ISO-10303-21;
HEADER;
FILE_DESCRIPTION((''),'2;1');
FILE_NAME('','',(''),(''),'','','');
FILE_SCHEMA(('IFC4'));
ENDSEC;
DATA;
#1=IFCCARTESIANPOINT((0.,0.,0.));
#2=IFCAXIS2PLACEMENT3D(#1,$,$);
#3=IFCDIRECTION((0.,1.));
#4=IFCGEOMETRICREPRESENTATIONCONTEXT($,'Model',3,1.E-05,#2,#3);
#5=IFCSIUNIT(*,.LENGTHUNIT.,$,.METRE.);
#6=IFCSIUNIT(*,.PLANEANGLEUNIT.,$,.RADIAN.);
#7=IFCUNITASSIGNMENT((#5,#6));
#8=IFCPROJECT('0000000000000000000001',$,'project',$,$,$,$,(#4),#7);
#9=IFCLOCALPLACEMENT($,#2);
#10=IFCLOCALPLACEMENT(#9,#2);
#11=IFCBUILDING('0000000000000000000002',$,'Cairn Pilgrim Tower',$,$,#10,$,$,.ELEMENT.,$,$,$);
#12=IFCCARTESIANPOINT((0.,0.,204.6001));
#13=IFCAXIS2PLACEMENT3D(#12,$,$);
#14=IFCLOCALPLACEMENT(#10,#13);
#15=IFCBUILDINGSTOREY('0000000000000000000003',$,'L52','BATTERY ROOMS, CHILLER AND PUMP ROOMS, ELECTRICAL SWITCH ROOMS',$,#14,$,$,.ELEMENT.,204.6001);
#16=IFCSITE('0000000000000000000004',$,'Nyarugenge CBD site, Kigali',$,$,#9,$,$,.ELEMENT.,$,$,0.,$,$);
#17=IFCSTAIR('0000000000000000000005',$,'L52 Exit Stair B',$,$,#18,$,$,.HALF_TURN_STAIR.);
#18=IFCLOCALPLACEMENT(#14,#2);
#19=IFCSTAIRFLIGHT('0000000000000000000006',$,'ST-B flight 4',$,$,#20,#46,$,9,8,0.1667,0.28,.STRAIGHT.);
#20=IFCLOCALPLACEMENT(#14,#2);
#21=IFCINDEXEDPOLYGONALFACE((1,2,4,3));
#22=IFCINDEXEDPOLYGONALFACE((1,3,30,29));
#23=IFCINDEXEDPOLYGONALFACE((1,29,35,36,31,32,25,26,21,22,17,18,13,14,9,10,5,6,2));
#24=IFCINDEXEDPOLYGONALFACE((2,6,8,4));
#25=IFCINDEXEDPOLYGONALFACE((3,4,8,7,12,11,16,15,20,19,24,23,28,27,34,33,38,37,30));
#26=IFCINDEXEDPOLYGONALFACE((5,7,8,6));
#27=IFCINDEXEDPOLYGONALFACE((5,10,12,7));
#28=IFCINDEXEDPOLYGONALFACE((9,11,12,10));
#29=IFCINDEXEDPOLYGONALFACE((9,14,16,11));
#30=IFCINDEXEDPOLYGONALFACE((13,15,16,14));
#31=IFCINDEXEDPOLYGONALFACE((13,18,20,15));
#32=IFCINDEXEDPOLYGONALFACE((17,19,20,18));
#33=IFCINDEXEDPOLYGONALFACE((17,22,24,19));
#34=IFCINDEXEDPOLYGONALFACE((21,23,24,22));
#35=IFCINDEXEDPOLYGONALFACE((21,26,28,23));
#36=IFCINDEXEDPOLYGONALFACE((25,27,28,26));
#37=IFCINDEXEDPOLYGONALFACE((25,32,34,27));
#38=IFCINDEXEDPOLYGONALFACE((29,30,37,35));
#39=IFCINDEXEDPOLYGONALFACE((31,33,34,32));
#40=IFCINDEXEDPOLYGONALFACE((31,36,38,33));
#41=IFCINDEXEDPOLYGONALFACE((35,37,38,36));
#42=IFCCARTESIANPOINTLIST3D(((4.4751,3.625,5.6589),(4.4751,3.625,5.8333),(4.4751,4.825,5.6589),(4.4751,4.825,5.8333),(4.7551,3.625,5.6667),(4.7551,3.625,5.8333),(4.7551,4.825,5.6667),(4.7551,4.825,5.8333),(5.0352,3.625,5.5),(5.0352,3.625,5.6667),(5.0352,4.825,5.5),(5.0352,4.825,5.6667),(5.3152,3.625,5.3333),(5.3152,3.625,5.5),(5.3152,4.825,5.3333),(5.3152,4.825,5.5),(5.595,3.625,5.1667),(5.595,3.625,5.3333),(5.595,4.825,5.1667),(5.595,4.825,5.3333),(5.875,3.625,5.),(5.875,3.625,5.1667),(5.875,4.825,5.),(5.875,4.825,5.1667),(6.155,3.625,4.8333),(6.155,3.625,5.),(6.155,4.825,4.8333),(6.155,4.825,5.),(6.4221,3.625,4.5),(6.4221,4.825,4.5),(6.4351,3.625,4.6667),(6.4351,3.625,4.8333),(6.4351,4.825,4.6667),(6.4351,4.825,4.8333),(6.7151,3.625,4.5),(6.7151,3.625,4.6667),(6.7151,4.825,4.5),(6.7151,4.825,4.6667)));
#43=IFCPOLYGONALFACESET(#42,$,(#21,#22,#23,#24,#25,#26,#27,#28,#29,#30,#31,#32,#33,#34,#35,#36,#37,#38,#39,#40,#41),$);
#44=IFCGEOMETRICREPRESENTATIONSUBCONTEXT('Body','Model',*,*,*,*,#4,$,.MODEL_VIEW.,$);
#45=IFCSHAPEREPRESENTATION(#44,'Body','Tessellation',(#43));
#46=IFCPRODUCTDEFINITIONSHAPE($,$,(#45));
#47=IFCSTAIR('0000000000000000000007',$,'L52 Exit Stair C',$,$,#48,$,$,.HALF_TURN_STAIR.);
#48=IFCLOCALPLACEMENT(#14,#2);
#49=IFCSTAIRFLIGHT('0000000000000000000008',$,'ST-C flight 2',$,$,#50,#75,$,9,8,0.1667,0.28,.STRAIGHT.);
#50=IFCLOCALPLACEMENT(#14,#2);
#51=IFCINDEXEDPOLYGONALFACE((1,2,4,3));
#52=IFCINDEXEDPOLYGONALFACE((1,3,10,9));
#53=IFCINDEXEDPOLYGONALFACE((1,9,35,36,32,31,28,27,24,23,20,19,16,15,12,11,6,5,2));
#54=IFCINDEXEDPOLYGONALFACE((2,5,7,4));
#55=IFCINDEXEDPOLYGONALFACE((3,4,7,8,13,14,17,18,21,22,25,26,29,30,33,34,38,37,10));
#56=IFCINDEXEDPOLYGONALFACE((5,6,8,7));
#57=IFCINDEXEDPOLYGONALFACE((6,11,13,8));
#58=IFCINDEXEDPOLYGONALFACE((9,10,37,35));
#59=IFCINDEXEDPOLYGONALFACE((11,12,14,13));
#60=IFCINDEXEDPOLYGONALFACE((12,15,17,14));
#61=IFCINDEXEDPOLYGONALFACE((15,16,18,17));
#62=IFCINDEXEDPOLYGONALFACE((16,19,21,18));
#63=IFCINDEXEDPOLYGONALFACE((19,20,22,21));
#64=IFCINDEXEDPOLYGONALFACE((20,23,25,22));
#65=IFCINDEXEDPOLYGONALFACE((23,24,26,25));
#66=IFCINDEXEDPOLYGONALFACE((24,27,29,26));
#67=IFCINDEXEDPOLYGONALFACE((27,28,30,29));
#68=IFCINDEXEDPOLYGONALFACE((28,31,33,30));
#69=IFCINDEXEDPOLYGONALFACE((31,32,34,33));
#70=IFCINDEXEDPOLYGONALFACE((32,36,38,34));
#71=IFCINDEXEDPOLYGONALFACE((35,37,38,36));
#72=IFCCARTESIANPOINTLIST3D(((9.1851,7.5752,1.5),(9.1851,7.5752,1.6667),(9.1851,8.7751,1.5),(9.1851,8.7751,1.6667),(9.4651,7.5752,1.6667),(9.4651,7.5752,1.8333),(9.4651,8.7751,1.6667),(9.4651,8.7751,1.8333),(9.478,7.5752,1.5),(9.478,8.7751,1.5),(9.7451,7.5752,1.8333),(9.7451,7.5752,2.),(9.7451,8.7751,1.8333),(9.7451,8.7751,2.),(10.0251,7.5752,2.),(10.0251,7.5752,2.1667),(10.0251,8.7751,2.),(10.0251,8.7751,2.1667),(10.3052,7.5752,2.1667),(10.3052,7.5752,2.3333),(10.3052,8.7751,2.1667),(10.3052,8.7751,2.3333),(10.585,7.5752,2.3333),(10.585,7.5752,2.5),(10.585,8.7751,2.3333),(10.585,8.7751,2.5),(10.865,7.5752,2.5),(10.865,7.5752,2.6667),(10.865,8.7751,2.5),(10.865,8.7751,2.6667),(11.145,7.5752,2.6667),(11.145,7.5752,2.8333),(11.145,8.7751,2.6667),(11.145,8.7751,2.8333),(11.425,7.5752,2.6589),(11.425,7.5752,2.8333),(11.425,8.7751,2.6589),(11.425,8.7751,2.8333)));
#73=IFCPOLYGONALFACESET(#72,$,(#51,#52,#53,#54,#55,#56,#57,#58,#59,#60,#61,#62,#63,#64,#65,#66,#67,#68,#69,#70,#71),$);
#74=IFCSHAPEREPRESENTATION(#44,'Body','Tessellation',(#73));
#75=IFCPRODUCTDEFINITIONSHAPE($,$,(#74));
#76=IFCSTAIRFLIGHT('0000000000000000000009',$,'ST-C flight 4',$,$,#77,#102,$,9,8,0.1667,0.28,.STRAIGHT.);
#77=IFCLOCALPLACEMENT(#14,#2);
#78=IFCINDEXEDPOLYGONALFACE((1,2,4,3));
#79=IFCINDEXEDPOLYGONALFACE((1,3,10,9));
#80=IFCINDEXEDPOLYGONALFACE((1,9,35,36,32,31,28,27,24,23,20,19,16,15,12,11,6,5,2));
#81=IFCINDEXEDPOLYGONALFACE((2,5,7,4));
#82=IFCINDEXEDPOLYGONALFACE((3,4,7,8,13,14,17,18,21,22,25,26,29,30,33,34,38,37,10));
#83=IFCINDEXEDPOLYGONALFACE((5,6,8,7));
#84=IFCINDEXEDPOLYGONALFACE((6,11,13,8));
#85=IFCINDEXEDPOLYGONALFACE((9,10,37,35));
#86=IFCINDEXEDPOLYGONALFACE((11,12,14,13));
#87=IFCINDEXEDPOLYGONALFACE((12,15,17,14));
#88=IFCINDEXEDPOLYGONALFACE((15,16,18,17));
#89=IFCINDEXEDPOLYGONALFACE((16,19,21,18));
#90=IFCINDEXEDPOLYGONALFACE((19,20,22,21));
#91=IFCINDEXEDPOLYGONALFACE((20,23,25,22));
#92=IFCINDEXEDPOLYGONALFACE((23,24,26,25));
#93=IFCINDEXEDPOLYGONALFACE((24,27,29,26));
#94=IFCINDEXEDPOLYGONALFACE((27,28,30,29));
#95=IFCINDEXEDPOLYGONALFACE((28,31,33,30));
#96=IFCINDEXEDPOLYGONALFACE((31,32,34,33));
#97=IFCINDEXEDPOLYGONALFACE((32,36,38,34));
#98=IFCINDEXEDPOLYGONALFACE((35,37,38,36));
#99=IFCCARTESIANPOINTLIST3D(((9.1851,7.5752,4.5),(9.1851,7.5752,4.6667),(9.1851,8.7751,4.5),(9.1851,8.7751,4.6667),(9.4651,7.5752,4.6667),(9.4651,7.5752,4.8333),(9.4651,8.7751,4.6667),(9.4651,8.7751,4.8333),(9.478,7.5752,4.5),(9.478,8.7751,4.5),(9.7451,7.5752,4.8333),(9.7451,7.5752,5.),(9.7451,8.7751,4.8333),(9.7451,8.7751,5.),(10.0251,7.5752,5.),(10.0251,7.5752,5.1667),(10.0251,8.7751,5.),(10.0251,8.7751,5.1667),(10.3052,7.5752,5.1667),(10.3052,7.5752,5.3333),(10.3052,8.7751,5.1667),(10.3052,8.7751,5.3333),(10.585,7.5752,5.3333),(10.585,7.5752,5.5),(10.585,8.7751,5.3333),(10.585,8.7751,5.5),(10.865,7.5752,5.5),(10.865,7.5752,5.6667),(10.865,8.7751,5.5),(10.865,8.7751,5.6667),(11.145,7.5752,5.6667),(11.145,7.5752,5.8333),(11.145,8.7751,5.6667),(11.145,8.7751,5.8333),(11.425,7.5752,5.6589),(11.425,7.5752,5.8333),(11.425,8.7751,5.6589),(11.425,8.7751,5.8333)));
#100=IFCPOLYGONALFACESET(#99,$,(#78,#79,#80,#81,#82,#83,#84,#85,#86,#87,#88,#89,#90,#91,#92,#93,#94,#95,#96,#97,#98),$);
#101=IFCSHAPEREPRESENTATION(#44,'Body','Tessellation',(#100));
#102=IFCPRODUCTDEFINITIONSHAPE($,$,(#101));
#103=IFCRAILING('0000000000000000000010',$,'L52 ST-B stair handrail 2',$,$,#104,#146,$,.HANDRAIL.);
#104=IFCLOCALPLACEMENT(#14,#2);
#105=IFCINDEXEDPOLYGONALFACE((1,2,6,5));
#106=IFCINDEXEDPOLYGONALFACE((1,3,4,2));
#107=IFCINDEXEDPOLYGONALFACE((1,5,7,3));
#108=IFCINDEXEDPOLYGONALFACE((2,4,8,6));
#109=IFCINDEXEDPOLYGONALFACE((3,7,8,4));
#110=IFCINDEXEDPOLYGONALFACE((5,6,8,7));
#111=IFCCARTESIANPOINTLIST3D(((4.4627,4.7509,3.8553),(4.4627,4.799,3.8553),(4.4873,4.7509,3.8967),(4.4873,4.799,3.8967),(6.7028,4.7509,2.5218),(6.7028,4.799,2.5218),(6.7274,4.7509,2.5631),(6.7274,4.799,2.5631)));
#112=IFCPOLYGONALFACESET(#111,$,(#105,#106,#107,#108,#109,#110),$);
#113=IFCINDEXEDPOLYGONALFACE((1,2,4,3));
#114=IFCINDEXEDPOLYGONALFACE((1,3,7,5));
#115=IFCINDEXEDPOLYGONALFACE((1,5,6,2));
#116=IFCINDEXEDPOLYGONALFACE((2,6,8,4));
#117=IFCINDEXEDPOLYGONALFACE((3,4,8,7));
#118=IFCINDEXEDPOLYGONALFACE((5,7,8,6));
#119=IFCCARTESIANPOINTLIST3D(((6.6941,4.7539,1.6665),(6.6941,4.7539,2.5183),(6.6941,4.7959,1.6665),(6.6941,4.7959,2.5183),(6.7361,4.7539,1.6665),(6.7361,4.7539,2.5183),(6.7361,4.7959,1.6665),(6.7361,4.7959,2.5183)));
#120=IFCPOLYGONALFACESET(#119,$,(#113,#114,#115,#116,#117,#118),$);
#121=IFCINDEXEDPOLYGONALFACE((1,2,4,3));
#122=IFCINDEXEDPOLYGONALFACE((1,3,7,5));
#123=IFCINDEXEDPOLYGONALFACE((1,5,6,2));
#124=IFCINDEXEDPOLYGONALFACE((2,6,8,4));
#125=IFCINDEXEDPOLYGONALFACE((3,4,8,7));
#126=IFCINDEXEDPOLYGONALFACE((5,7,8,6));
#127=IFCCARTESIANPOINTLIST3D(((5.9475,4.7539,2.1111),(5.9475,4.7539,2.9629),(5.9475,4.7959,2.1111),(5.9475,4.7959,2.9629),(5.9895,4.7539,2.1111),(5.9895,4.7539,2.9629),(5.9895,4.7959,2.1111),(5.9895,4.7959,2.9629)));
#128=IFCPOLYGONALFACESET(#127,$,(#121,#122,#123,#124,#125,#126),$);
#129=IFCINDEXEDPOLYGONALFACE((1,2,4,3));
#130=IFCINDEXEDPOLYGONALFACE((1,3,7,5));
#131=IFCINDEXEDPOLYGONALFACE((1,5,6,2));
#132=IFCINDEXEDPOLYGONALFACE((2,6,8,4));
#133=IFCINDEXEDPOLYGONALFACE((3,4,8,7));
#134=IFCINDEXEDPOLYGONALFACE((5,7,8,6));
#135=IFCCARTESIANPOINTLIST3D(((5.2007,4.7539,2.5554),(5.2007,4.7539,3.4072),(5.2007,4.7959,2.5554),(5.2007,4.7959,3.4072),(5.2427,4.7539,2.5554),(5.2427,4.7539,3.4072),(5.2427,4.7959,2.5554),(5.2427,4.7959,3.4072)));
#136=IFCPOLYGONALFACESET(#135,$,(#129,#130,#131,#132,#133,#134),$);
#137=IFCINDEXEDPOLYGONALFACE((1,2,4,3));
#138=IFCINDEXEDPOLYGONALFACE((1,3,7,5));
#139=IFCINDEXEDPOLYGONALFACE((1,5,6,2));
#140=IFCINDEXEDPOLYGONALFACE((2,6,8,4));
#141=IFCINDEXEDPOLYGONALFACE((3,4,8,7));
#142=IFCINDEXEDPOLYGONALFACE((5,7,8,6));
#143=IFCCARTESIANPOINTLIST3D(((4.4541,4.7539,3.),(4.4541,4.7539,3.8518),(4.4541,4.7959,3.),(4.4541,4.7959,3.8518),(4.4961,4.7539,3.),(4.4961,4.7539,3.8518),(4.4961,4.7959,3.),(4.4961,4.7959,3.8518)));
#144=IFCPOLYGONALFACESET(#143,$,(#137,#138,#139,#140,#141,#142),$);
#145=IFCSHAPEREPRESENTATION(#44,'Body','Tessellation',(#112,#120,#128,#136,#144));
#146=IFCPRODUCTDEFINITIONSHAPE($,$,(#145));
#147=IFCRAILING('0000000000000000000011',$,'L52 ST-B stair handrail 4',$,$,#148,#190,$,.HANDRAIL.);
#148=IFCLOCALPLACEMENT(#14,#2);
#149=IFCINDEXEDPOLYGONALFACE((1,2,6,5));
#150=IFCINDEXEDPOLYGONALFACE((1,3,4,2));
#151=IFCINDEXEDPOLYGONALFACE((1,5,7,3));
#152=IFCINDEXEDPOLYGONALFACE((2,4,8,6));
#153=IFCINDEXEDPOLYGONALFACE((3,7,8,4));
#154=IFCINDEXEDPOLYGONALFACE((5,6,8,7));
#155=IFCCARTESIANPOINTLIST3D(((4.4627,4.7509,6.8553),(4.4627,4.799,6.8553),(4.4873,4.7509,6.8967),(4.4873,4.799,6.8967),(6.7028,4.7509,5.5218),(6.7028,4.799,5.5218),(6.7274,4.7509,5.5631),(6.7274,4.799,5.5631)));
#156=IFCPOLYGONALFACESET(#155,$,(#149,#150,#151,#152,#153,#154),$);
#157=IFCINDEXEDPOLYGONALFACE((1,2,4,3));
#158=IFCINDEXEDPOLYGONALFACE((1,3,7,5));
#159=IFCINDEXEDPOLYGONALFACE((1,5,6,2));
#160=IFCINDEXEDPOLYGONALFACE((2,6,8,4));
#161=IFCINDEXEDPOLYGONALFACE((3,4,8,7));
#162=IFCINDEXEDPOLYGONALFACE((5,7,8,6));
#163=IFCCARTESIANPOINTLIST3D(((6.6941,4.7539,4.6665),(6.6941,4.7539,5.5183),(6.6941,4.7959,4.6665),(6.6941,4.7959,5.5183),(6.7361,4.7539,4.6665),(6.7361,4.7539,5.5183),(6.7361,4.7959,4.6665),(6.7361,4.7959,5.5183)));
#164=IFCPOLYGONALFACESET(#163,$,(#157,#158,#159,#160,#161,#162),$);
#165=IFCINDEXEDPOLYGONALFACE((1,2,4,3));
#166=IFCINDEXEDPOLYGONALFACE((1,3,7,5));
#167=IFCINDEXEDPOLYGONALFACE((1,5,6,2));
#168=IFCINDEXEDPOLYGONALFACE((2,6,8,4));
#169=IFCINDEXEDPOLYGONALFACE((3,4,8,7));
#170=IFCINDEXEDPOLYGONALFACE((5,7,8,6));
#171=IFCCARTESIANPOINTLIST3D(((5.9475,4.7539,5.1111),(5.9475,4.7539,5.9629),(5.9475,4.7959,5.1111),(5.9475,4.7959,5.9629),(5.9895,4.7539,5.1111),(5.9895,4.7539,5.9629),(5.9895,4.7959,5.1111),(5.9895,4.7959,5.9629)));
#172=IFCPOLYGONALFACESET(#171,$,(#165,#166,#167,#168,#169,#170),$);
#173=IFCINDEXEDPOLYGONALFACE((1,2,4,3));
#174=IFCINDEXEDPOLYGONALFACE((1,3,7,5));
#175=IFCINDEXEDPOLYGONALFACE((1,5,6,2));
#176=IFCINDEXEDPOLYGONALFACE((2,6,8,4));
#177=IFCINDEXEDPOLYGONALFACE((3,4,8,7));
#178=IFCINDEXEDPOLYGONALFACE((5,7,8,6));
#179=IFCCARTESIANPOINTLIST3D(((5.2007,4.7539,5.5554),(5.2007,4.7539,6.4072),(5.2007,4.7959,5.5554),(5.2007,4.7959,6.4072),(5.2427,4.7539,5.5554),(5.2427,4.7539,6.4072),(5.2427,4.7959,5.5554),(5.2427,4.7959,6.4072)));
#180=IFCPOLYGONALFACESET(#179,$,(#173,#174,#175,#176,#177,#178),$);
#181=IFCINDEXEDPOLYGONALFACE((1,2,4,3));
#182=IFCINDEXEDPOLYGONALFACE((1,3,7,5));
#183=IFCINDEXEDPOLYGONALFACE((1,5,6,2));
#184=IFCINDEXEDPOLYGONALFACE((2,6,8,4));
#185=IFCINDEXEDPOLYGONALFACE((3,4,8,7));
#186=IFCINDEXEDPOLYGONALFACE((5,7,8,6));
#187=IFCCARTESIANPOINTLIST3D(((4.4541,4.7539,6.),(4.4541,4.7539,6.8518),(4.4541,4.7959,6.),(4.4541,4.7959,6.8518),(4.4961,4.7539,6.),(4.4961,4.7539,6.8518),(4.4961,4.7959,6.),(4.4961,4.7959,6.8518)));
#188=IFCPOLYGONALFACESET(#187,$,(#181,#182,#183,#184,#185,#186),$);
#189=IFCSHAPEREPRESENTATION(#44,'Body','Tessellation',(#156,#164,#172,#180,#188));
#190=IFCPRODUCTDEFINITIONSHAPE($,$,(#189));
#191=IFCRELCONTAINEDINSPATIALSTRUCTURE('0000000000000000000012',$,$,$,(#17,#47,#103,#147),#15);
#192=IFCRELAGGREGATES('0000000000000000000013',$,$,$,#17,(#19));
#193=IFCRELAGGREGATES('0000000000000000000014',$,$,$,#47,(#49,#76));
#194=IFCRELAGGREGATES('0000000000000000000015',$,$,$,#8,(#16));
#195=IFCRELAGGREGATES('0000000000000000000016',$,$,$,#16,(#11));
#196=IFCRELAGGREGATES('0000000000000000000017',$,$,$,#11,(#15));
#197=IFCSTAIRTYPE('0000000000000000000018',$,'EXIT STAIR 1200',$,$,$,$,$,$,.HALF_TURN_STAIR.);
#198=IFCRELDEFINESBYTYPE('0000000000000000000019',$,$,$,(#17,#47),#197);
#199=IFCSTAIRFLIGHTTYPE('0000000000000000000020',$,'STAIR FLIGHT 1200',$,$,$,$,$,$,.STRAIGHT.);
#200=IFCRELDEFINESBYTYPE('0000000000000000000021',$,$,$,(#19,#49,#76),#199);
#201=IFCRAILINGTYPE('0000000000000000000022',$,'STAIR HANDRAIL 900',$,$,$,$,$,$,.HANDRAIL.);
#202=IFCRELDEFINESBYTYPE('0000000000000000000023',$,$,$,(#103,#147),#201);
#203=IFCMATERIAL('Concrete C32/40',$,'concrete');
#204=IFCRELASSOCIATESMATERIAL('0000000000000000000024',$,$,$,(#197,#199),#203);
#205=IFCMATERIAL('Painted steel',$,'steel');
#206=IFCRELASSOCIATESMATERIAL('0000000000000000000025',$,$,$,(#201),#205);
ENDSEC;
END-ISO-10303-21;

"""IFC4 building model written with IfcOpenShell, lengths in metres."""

from ifc_helpers import new_model, si_unit, direction, frame, origin, origin_2d, place, context, subcontext, project, spatial, polyline, rectangle, outline, extrude, material, type_object, element, aggregate, save


model = new_model("IFC4")

# Units and contexts
model_context = context("Model", 3, precision=1e-05, world=origin(), true_north=direction((0.0, 1.0)))
body_context = subcontext(model_context, "Body", "Model", "MODEL_VIEW")
ifc_project = project(units=[si_unit("LENGTHUNIT", "METRE"), si_unit("PLANEANGLEUNIT", "RADIAN")], contexts=[model_context])

# Site, building, storey
site_placement = place(None, origin())
site = spatial("IfcSite", under=ifc_project, at=site_placement, Name="Nyarugenge CBD site, Kigali", CompositionType="ELEMENT", RefElevation=0.0)
building_placement = place(site_placement, origin())
building = spatial("IfcBuilding", under=site, at=building_placement, Name="Cairn Pilgrim Tower", CompositionType="ELEMENT")
storey_placement = place(building_placement, frame((0.0, 0.0, 204.6001)))
storey = spatial("IfcBuildingStorey", under=building, at=storey_placement, Name="L52", Description="BATTERY ROOMS, CHILLER AND PUMP ROOMS, ELECTRICAL SWITCH ROOMS", CompositionType="ELEMENT", Elevation=204.6001)

# Shared definitions
ifc_material_1 = material(Name="Concrete C32/40", Category="concrete")
ifc_material_2 = material(Name="Painted steel", Category="steel")

# Stairs, stair flights
stair_type = type_object("IfcStairType", Name="EXIT STAIR 1200", PredefinedType="HALF_TURN_STAIR", material=ifc_material_1)
stair_1_placement = place(storey_placement, origin())
stair_1 = element("IfcStair", 1, at=stair_1_placement, inside=storey, type_object=stair_type, Name="L52 Exit Stair B", PredefinedType="HALF_TURN_STAIR")
stair_flight_type = type_object("IfcStairFlightType", Name="STAIR FLIGHT 1200", PredefinedType="STRAIGHT", material=ifc_material_1)
stair_flight_1_placement = place(storey_placement, frame((6.7151, 4.2251, 4.5), z_axis=(0.0, 0.0, 1.0), x_axis=(-1.0, 0.0, 0.0)))
stair_flight_1 = element("IfcStairFlight", 2, at=stair_flight_1_placement, type_object=stair_flight_type, Name="ST-B flight 4", NumberOfRisers=9, NumberOfTreads=8, PredefinedType="STRAIGHT", RiserHeight=0.1667, TreadLength=0.28, context=body_context, shape_type="SweptSolid", body=[
    extrude(outline(polyline([(0.0, 0.0), (0.0, 0.1667), (0.28, 0.1667), (0.28, 0.3333), (0.5601, 0.3333), (0.5601, 0.5), (0.8401, 0.5), (0.8401, 0.6667), (1.1201, 0.6667), (1.1201, 0.8333), (1.3999, 0.8333), (1.3999, 1.0), (1.6799, 1.0), (1.6799, 1.1667), (1.96, 1.1667), (1.96, 1.3333), (2.24, 1.3333), (2.24, 1.5), (2.24, 1.1589), (0.293, 0.0), (0.0, 0.0)])), frame((0.0, 0.6001, 0.0), z_axis=(0.0, -1.0, 0.0), x_axis=(1.0, 0.0, 0.0)), (0.0, 0.0, 1.0), 1.2),
])
aggregate(stair_1, [stair_flight_1])
stair_2_placement = place(storey_placement, origin())
stair_2 = element("IfcStair", 3, at=stair_2_placement, inside=storey, type_object=stair_type, Name="L52 Exit Stair C", PredefinedType="HALF_TURN_STAIR")
stair_flight_2_placement = place(storey_placement, frame((9.1851, 8.175, 1.5), z_axis=(0.0, 0.0, 1.0), x_axis=(1.0, 0.0, 0.0)))
stair_flight_2 = element("IfcStairFlight", 4, at=stair_flight_2_placement, type_object=stair_flight_type, Name="ST-C flight 2", NumberOfRisers=9, NumberOfTreads=8, PredefinedType="STRAIGHT", RiserHeight=0.1667, TreadLength=0.28, context=body_context, shape_type="SweptSolid", body=[
    extrude(outline(polyline([(0.0, 0.0), (0.0, 0.1667), (0.28, 0.1667), (0.28, 0.3333), (0.5601, 0.3333), (0.5601, 0.5), (0.8401, 0.5), (0.8401, 0.6667), (1.1201, 0.6667), (1.1201, 0.8333), (1.3999, 0.8333), (1.3999, 1.0), (1.6799, 1.0), (1.6799, 1.1667), (1.96, 1.1667), (1.96, 1.3333), (2.24, 1.3333), (2.24, 1.5), (2.24, 1.1589), (0.293, 0.0), (0.0, 0.0)])), frame((0.0, 0.6001, 0.0), z_axis=(0.0, -1.0, 0.0), x_axis=(1.0, 0.0, 0.0)), (0.0, 0.0, 1.0), 1.2),
])
stair_flight_3_placement = place(storey_placement, frame((9.1851, 8.175, 4.5), z_axis=(0.0, 0.0, 1.0), x_axis=(1.0, 0.0, 0.0)))
stair_flight_3 = element("IfcStairFlight", 5, at=stair_flight_3_placement, type_object=stair_flight_type, Name="ST-C flight 4", NumberOfRisers=9, NumberOfTreads=8, PredefinedType="STRAIGHT", RiserHeight=0.1667, TreadLength=0.28, context=body_context, shape_type="SweptSolid", body=[
    extrude(outline(polyline([(0.0, 0.0), (0.0, 0.1667), (0.28, 0.1667), (0.28, 0.3333), (0.5601, 0.3333), (0.5601, 0.5), (0.8401, 0.5), (0.8401, 0.6667), (1.1201, 0.6667), (1.1201, 0.8333), (1.3999, 0.8333), (1.3999, 1.0), (1.6799, 1.0), (1.6799, 1.1667), (1.96, 1.1667), (1.96, 1.3333), (2.24, 1.3333), (2.24, 1.5), (2.24, 1.1589), (0.293, 0.0), (0.0, 0.0)])), frame((0.0, 0.6001, 0.0), z_axis=(0.0, -1.0, 0.0), x_axis=(1.0, 0.0, 0.0)), (0.0, 0.0, 1.0), 1.2),
])
aggregate(stair_2, [stair_flight_2, stair_flight_3])

# Railings
railing_type = type_object("IfcRailingType", Name="STAIR HANDRAIL 900", PredefinedType="HANDRAIL", material=ifc_material_2)
for number, where, name in (
    (6, (6.7151, 4.7749, 1.6665), "L52 ST-B stair handrail 2"),
    (7, (6.7151, 4.7749, 4.6665), "L52 ST-B stair handrail 4"),
):
    element("IfcRailing", number, at=place(storey_placement, frame(where)), inside=storey, type_object=railing_type, Name=name, PredefinedType="HANDRAIL", context=body_context, shape_type="SweptSolid", body=[
        extrude(rectangle(XDim=0.0481, YDim=0.0481, at=origin_2d()), frame((0.0, 0.0, 0.876), z_axis=(-0.859264, 0.0, 0.511532), x_axis=(0.0, -1.0, 0.0)), (0.0, 0.0, 1.0), 2.6069),
        extrude(rectangle(XDim=0.042, YDim=0.042, at=origin_2d()), origin(), (0.0, 0.0, 1.0), 0.8518),
        extrude(rectangle(XDim=0.042, YDim=0.042, at=origin_2d()), frame((-0.7466, 0.0, 0.4446)), (0.0, 0.0, 1.0), 0.8518),
        extrude(rectangle(XDim=0.042, YDim=0.042, at=origin_2d()), frame((-1.4934, 0.0, 0.8889)), (0.0, 0.0, 1.0), 0.8518),
        extrude(rectangle(XDim=0.042, YDim=0.042, at=origin_2d()), frame((-2.24, 0.0, 1.3335)), (0.0, 0.0, 1.0), 0.8518),
    ])

save(model, "model.ifc")
